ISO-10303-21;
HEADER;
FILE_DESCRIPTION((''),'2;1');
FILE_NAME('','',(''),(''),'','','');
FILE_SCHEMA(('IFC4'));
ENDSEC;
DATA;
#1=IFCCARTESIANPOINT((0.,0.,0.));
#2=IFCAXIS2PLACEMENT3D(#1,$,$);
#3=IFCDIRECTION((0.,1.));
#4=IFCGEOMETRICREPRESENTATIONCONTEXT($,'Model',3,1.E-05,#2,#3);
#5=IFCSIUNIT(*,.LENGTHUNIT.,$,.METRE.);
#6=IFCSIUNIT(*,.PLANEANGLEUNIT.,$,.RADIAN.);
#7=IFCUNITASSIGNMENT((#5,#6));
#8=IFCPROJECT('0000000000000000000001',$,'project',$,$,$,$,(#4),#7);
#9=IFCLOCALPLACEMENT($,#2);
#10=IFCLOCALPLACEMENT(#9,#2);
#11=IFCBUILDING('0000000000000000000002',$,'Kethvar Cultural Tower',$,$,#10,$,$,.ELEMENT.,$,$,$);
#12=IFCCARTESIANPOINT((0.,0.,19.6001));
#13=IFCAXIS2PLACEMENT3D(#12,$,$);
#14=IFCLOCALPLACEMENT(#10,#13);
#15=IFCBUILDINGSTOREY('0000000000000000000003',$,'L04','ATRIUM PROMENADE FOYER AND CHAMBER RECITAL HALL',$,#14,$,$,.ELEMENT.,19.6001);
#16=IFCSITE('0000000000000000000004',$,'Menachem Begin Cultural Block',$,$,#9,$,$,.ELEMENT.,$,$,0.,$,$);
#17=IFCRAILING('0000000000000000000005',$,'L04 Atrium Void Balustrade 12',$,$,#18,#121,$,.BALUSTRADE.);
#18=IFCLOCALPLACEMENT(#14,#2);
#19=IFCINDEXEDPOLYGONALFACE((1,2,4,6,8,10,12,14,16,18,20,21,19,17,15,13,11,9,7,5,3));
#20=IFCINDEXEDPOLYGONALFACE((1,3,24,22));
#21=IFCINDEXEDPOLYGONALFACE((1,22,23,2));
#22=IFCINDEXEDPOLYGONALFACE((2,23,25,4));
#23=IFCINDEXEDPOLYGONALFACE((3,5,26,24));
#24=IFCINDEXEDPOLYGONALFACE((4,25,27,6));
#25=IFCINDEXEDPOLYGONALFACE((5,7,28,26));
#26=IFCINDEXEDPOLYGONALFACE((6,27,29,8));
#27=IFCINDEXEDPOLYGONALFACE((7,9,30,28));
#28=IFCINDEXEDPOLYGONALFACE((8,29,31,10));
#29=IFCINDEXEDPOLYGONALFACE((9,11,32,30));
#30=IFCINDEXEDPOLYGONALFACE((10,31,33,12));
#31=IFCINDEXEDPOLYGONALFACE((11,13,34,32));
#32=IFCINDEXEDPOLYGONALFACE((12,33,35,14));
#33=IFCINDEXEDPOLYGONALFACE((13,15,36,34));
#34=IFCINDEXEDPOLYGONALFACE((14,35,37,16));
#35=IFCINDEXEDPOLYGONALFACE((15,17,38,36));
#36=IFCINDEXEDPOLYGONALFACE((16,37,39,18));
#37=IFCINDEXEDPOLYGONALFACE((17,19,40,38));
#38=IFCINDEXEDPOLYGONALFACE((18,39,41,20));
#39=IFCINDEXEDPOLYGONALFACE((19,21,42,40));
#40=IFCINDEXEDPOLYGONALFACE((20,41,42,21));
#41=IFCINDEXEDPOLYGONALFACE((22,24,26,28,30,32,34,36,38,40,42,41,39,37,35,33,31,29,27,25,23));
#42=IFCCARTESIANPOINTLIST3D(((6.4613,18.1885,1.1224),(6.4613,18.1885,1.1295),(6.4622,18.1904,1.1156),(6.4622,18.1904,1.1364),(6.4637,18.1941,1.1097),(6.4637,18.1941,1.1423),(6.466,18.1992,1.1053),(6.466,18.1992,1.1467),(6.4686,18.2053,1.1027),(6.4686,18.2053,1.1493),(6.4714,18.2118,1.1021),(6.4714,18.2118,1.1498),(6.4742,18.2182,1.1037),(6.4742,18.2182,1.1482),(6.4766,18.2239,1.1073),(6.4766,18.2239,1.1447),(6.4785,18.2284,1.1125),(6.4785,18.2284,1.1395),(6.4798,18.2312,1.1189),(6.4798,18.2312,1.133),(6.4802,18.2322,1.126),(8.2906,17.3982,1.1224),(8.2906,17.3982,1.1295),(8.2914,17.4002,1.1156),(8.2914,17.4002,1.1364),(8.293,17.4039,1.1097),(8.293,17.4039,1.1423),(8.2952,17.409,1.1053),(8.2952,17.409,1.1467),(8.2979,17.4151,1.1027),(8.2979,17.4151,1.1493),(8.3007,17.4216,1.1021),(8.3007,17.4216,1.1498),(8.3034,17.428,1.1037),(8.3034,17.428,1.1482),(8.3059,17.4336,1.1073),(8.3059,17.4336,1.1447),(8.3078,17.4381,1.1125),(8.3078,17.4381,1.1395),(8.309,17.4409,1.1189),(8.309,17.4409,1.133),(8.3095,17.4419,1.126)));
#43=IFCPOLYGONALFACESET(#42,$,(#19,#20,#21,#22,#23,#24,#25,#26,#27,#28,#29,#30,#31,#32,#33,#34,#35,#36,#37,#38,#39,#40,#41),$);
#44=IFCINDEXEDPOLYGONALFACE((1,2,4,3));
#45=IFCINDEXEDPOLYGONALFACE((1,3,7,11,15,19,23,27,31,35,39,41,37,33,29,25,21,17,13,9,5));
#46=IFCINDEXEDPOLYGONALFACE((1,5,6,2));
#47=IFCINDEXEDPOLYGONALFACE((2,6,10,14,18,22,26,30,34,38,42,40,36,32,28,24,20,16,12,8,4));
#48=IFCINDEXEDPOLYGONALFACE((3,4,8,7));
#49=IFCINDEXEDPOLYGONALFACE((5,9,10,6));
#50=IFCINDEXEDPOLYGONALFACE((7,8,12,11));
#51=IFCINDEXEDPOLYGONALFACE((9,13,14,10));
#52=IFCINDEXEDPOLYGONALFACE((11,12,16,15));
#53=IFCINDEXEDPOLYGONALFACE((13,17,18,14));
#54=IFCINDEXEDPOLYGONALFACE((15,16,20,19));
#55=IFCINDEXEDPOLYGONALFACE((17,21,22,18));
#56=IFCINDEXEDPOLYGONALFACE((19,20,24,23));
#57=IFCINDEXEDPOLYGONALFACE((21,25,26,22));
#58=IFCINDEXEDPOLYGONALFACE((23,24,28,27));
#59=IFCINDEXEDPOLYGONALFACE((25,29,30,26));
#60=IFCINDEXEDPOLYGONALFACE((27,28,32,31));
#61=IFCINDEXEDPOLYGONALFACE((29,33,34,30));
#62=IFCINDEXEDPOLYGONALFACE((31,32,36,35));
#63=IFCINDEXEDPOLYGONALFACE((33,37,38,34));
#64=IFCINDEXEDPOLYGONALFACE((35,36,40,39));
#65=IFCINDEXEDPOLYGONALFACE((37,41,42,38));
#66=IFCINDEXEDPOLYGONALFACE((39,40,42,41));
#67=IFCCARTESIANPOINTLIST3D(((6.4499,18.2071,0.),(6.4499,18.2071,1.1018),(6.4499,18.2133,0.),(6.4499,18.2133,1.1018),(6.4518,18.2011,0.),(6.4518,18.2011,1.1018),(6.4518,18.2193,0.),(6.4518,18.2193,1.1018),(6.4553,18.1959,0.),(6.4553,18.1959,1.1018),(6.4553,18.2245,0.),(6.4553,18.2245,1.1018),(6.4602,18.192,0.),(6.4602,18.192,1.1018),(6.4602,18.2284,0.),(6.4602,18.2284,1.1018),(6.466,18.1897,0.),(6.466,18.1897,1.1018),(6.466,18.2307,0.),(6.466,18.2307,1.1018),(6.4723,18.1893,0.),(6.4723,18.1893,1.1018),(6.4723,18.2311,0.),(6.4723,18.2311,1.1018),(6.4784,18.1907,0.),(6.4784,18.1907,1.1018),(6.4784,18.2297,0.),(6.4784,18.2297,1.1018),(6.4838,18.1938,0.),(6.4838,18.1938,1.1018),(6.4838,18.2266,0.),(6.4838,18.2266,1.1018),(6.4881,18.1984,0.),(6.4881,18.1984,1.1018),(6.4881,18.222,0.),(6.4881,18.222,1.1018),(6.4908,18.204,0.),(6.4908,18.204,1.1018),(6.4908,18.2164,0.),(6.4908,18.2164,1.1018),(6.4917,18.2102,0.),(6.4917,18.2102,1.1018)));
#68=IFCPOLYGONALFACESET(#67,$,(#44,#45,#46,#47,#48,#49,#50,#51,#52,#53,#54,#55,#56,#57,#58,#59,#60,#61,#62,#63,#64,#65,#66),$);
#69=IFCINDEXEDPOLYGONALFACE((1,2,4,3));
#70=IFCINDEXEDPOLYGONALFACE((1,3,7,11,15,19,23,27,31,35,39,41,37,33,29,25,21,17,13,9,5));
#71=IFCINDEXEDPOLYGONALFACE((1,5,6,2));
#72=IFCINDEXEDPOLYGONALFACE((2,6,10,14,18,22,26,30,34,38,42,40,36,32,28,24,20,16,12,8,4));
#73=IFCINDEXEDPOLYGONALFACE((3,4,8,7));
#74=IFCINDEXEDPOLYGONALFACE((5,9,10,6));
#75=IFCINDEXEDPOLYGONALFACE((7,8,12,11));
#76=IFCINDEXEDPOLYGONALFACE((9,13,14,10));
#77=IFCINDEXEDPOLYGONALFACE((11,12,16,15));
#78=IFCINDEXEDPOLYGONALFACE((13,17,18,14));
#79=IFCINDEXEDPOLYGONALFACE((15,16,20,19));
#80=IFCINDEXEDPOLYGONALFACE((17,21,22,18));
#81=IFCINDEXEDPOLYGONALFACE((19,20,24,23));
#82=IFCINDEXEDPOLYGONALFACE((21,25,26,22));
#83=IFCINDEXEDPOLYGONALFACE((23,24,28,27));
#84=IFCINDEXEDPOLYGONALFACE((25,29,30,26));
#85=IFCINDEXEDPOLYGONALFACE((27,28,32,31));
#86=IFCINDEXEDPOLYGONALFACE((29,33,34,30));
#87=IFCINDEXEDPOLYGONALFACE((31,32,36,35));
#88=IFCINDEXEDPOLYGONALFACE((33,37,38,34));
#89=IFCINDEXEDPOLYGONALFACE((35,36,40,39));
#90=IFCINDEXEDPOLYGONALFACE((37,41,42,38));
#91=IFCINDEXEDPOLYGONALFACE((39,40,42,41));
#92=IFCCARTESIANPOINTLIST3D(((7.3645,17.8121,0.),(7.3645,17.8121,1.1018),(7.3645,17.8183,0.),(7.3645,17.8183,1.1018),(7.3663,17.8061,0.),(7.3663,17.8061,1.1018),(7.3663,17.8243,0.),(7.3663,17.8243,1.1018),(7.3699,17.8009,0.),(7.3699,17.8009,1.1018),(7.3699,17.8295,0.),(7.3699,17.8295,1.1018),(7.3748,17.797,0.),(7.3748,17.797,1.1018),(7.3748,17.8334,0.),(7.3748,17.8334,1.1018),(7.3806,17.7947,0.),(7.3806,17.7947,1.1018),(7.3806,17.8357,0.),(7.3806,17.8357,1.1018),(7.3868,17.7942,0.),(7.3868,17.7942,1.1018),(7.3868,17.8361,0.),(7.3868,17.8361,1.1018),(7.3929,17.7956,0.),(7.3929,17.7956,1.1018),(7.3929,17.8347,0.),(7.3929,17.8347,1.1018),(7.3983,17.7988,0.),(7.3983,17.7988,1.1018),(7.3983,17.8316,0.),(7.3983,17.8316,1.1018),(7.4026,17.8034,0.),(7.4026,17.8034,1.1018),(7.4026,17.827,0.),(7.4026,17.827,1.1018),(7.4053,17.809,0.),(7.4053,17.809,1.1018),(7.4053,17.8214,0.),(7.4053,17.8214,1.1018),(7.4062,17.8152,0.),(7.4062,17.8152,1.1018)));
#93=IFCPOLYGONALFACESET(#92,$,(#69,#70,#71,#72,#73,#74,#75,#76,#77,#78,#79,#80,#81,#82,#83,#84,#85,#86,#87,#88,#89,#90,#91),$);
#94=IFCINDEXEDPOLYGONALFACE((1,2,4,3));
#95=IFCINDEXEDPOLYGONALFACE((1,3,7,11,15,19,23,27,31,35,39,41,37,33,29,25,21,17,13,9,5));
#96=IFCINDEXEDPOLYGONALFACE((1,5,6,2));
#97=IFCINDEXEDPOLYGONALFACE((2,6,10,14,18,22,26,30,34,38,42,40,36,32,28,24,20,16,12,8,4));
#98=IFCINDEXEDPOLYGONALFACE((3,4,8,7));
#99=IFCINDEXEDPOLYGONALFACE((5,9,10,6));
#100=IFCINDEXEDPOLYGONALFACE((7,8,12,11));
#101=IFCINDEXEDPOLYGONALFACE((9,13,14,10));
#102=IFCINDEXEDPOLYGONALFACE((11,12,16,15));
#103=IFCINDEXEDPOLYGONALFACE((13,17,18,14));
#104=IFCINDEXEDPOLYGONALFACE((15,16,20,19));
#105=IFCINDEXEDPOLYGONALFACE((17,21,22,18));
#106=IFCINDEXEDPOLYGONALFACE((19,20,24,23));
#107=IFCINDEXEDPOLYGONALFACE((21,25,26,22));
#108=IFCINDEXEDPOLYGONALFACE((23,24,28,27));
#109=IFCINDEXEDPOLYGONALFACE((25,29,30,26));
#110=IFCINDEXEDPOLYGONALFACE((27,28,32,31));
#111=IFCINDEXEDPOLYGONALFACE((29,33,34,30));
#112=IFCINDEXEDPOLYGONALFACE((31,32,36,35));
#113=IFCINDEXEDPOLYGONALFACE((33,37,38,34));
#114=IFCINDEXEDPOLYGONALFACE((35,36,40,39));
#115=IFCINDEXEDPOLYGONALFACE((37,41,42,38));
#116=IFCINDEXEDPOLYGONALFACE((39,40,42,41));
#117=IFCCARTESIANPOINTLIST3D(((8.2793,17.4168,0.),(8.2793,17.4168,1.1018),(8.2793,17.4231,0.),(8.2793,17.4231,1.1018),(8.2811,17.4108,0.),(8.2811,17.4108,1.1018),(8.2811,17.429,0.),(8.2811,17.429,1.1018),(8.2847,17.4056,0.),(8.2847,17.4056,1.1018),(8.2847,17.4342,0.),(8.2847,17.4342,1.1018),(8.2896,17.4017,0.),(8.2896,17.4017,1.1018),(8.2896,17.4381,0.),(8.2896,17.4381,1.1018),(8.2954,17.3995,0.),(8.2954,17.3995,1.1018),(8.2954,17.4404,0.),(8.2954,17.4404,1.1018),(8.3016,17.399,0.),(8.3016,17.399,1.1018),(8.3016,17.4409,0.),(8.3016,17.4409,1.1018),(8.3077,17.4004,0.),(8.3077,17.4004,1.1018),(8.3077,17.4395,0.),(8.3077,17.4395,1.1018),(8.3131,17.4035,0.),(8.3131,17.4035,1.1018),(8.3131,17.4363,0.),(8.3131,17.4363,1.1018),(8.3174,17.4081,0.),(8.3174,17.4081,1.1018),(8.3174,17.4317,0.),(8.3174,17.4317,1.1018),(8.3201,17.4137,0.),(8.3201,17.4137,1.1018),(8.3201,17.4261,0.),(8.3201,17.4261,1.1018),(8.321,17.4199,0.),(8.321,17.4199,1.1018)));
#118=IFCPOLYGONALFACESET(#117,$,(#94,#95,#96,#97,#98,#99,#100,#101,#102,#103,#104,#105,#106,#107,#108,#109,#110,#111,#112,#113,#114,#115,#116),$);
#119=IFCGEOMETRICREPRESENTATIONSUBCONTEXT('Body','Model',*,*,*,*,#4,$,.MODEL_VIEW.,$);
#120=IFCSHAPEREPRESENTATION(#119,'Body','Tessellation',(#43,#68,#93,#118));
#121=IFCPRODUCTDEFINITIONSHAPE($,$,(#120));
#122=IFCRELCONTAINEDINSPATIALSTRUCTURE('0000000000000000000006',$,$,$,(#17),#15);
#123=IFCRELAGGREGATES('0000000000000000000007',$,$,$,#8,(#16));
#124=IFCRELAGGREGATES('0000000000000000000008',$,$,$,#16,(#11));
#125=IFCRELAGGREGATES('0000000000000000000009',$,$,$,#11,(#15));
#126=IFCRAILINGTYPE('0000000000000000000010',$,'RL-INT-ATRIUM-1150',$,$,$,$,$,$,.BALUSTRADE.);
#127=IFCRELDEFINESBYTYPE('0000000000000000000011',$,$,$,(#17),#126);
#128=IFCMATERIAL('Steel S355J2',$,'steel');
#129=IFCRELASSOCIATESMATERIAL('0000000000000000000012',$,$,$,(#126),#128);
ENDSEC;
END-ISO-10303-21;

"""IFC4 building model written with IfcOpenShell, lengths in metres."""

from ifc_helpers import new_model, si_unit, direction, frame, origin, origin_2d, place, context, subcontext, project, spatial, circle, extrude, material, type_object, element, save


model = new_model("IFC4")

# Units and contexts
model_context = context("Model", 3, precision=1e-05, world=origin(), true_north=direction((0.0, 1.0)))
body_context = subcontext(model_context, "Body", "Model", "MODEL_VIEW")
ifc_project = project(units=[si_unit("LENGTHUNIT", "METRE"), si_unit("PLANEANGLEUNIT", "RADIAN")], contexts=[model_context])

# Site, building, storey
site_placement = place(None, origin())
site = spatial("IfcSite", under=ifc_project, at=site_placement, Name="Menachem Begin Cultural Block", CompositionType="ELEMENT", RefElevation=0.0)
building_placement = place(site_placement, origin())
building = spatial("IfcBuilding", under=site, at=building_placement, Name="Kethvar Cultural Tower", CompositionType="ELEMENT")
storey_placement = place(building_placement, frame((0.0, 0.0, 19.6001)))
storey = spatial("IfcBuildingStorey", under=building, at=storey_placement, Name="L04", Description="ATRIUM PROMENADE FOYER AND CHAMBER RECITAL HALL", CompositionType="ELEMENT", Elevation=19.6001)

# Shared definitions
ifc_material_1 = material(Name="Steel S355J2", Category="steel")

# Railing
railing_type = type_object("IfcRailingType", Name="RL-INT-ATRIUM-1150", PredefinedType="BALUSTRADE", material=ifc_material_1)
railing_1_placement = place(storey_placement, frame((6.4707, 18.2102, 0.0)))
element("IfcRailing", 1, at=railing_1_placement, inside=storey, type_object=railing_type, Name="L04 Atrium Void Balustrade 12", PredefinedType="BALUSTRADE", context=body_context, shape_type="SweptSolid", body=[
    extrude(circle(Radius=0.0239, at=origin_2d()), frame((0.0, 0.0, 1.126), z_axis=(0.918001, -0.396579, 0.0), x_axis=(0.396579, 0.918001, 0.0)), (0.0, 0.0, 1.0), 1.9927),
    extrude(circle(Radius=0.021, at=origin_2d()), origin(), (0.0, 0.0, 1.0), 1.1018),
    extrude(circle(Radius=0.021, at=origin_2d()), frame((0.9146, -0.395, 0.0)), (0.0, 0.0, 1.0), 1.1018),
    extrude(circle(Radius=0.021, at=origin_2d()), frame((1.8293, -0.7903, 0.0)), (0.0, 0.0, 1.0), 1.1018),
])

save(model, "model.ifc")
